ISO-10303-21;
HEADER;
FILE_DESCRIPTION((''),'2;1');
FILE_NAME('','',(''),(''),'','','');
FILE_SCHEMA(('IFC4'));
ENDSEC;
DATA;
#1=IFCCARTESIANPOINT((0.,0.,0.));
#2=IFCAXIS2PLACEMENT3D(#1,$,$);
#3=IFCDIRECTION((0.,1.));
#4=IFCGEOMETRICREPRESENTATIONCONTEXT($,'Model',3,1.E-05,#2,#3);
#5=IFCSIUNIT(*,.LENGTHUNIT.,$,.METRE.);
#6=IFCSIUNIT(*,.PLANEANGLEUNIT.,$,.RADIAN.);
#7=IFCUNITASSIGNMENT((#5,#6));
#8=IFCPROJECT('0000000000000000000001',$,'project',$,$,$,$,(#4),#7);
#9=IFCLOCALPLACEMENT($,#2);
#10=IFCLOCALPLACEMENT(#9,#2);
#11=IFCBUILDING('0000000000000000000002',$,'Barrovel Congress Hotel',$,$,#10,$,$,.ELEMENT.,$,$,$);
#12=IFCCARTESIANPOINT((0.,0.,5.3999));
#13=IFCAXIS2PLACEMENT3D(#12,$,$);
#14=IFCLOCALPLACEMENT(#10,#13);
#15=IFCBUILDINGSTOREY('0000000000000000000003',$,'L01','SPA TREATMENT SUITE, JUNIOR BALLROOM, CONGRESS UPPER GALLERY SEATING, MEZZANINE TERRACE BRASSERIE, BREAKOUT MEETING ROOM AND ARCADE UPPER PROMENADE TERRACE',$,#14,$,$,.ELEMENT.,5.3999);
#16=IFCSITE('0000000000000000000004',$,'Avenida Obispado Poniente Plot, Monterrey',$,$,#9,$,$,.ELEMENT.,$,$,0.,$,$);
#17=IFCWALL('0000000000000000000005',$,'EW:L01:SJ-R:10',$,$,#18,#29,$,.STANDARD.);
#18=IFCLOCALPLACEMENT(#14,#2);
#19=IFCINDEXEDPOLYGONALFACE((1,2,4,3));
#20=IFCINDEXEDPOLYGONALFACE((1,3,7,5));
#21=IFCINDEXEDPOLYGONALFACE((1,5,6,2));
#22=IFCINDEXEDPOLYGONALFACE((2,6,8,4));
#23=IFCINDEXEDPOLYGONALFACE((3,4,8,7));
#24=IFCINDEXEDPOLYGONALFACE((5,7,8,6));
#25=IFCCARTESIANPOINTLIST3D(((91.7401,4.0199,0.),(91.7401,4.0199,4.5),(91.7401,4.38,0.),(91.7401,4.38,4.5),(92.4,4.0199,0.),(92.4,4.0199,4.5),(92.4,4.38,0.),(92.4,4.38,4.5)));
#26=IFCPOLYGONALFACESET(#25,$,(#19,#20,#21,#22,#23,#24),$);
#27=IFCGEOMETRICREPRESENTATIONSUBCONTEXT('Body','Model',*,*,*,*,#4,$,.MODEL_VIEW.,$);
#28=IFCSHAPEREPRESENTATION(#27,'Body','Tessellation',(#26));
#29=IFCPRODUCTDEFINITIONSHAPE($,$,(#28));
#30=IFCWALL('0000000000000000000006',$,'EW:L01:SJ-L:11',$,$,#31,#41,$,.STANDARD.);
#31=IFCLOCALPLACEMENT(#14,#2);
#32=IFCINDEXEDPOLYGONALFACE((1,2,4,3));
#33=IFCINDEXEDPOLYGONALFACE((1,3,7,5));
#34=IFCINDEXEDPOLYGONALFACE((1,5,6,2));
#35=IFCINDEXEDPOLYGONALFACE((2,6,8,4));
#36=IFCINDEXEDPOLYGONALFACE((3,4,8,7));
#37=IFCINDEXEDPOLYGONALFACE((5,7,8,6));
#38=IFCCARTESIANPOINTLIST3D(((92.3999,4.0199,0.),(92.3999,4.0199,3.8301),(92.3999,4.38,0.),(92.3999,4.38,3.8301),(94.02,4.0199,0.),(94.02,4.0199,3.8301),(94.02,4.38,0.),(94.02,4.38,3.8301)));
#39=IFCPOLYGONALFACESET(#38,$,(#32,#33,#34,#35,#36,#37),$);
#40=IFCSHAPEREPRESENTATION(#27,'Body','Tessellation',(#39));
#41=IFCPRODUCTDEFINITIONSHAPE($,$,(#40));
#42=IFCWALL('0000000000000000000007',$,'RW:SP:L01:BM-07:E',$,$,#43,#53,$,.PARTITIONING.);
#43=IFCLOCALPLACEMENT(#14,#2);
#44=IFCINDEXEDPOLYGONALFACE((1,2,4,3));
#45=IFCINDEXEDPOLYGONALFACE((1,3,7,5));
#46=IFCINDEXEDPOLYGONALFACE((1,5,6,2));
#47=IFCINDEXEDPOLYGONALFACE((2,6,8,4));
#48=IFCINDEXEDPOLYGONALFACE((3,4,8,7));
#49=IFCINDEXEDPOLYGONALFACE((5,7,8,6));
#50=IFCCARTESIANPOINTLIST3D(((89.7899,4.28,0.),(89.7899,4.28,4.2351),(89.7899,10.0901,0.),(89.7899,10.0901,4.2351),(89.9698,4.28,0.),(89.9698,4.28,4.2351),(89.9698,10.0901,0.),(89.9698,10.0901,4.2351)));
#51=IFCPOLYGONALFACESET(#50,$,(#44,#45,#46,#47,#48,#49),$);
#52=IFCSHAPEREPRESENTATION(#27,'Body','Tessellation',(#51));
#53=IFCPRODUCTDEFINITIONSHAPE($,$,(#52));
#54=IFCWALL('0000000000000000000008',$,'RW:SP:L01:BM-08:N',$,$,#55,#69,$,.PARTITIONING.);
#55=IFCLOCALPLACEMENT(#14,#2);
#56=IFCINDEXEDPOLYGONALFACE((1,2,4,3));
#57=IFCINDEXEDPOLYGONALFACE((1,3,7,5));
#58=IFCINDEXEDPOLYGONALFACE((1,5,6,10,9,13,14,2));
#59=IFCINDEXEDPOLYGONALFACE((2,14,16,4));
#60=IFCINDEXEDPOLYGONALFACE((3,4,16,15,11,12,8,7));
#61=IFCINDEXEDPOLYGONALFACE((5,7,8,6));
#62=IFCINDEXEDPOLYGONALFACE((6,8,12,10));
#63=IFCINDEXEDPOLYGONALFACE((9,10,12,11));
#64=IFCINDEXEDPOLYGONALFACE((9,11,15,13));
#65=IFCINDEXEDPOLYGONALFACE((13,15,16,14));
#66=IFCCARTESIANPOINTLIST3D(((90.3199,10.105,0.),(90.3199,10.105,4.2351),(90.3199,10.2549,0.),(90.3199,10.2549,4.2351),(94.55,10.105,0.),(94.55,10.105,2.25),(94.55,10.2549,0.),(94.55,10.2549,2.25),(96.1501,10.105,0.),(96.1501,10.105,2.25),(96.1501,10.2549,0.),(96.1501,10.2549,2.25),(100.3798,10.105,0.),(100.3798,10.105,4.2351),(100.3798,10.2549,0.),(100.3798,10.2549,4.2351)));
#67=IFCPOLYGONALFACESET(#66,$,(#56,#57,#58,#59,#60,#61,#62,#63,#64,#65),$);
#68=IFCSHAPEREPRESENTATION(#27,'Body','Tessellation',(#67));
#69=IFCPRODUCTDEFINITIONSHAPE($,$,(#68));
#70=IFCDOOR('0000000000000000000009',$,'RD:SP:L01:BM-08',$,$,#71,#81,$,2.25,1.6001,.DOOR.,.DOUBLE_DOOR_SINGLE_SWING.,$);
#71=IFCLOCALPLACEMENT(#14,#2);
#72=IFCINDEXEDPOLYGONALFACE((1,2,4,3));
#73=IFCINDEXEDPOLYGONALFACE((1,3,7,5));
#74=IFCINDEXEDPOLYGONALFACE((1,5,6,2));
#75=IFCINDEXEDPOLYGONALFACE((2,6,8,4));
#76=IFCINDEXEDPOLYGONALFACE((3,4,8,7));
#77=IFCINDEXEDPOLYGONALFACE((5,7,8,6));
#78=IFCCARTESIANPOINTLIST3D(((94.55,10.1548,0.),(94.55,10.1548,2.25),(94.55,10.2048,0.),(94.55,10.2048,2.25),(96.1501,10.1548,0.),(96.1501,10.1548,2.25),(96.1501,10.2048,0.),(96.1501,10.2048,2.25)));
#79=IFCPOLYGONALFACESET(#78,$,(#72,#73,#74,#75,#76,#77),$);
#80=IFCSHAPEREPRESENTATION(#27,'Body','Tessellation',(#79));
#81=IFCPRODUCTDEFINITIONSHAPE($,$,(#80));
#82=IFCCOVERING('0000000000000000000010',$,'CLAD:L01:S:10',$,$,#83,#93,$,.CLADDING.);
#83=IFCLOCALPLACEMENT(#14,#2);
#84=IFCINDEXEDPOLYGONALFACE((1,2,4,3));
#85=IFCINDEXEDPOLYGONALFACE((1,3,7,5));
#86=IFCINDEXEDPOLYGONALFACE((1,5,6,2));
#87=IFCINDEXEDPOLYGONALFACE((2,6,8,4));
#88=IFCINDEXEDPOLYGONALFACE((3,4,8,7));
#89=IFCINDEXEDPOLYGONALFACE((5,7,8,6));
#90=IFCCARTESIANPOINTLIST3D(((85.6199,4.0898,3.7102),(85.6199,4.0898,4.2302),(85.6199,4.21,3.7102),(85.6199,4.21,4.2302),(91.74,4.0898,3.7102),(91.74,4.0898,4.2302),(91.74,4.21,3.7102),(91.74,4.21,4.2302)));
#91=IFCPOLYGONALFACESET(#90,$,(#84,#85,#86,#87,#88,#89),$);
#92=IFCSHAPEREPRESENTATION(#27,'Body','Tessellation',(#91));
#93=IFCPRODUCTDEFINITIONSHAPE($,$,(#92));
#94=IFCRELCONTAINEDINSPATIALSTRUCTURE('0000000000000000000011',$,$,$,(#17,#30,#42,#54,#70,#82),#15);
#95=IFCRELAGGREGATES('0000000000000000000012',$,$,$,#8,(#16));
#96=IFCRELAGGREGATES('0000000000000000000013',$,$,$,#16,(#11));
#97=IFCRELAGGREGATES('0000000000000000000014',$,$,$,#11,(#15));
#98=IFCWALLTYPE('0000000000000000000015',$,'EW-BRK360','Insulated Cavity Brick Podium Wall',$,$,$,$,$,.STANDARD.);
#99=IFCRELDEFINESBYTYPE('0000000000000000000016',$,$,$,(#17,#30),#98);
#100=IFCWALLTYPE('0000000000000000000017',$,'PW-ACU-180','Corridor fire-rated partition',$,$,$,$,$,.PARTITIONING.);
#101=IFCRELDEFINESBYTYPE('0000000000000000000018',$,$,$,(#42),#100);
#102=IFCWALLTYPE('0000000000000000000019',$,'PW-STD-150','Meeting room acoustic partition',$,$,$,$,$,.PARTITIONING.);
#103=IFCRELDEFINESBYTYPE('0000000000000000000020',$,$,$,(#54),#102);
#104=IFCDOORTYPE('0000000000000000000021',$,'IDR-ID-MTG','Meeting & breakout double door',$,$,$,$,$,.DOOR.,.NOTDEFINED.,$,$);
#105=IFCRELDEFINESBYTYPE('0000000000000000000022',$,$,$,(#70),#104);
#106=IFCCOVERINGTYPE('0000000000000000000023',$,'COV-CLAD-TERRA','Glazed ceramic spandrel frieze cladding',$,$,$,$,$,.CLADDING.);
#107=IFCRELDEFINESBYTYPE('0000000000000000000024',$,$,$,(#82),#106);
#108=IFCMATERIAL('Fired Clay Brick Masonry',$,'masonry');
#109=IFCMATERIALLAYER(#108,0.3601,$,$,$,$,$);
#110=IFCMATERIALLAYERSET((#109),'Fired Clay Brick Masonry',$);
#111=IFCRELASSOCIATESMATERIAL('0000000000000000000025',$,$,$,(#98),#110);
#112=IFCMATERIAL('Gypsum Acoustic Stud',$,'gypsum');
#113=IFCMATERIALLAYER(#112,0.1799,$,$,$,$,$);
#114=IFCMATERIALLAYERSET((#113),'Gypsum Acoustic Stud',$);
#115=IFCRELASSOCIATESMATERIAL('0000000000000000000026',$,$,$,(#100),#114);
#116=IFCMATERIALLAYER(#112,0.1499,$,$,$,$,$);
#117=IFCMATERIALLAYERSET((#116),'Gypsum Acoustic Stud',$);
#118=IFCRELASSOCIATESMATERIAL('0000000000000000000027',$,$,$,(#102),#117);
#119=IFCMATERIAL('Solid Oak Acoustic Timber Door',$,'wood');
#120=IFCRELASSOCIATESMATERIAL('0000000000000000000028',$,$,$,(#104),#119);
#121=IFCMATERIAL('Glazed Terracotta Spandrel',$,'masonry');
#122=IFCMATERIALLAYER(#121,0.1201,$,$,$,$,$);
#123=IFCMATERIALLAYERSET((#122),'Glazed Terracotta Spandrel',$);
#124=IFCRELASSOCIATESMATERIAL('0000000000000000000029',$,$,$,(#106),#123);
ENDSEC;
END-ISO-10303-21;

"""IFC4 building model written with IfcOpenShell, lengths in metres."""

from ifc_helpers import new_model, si_unit, direction, frame, frame_2d, origin, origin_2d, place, context, subcontext, project, spatial, rectangle, extrude, material, layer, layer_set, type_object, element, fill, save


model = new_model("IFC4")

# Units and contexts
model_context = context("Model", 3, precision=1e-05, world=origin(), true_north=direction((0.0, 1.0)))
body_context = subcontext(model_context, "Body", "Model", "MODEL_VIEW")
ifc_project = project(units=[si_unit("LENGTHUNIT", "METRE"), si_unit("PLANEANGLEUNIT", "RADIAN")], contexts=[model_context])

# Site, building, storey
site_placement = place(None, origin())
site = spatial("IfcSite", under=ifc_project, at=site_placement, Name="Avenida Obispado Poniente Plot, Monterrey", CompositionType="ELEMENT", RefElevation=0.0)
building_placement = place(site_placement, origin())
building = spatial("IfcBuilding", under=site, at=building_placement, Name="Barrovel Congress Hotel", CompositionType="ELEMENT")
storey_placement = place(building_placement, frame((0.0, 0.0, 5.3999)))
storey = spatial("IfcBuildingStorey", under=building, at=storey_placement, Name="L01", Description="SPA TREATMENT SUITE, JUNIOR BALLROOM, CONGRESS UPPER GALLERY SEATING, MEZZANINE TERRACE BRASSERIE, BREAKOUT MEETING ROOM AND ARCADE UPPER PROMENADE TERRACE", CompositionType="ELEMENT", Elevation=5.3999)

# Walls
ifc_material_1 = material(Name="Fired Clay Brick Masonry", Category="masonry")
ifc_layer_1 = layer(ifc_material_1, 0.3601)
ifc_layer_set_1 = layer_set([ifc_layer_1], Name="Fired Clay Brick Masonry")
wall_type_1 = type_object("IfcWallType", Name="EW-BRK360", Description="Insulated Cavity Brick Podium Wall", PredefinedType="STANDARD", material=ifc_layer_set_1)
wall_1_placement = place(storey_placement, frame((91.74, 4.2, 0.0), z_axis=(0.0, 0.0, 1.0), x_axis=(1.0, 0.0, 0.0)))
element("IfcWall", 1, at=wall_1_placement, inside=storey, type_object=wall_type_1, Name="EW:L01:SJ-R:10", PredefinedType="STANDARD", context=body_context, shape_type="SweptSolid", body=[
    extrude(rectangle(XDim=0.6599, YDim=0.3601, at=frame_2d((0.3301, 0.0))), origin(), (0.0, 0.0, 1.0), 4.5),
])
wall_2_placement = place(storey_placement, frame((92.3999, 4.2, 0.0), z_axis=(0.0, 0.0, 1.0), x_axis=(1.0, 0.0, 0.0)))
element("IfcWall", 2, at=wall_2_placement, inside=storey, type_object=wall_type_1, Name="EW:L01:SJ-L:11", PredefinedType="STANDARD", context=body_context, shape_type="SweptSolid", body=[
    extrude(rectangle(XDim=1.6201, YDim=0.3601, at=frame_2d((0.8101, 0.0))), origin(), (0.0, 0.0, 1.0), 3.8301),
])
ifc_material_2 = material(Name="Gypsum Acoustic Stud", Category="gypsum")
ifc_layer_2 = layer(ifc_material_2, 0.1799)
ifc_layer_set_2 = layer_set([ifc_layer_2], Name="Gypsum Acoustic Stud")
wall_type_2 = type_object("IfcWallType", Name="PW-ACU-180", Description="Corridor fire-rated partition", PredefinedType="PARTITIONING", material=ifc_layer_set_2)
wall_3_placement = place(storey_placement, frame((89.8799, 4.28, 0.0), z_axis=(0.0, 0.0, 1.0), x_axis=(0.0, 1.0, 0.0)))
element("IfcWall", 3, at=wall_3_placement, inside=storey, type_object=wall_type_2, Name="RW:SP:L01:BM-07:E", PredefinedType="PARTITIONING", context=body_context, shape_type="SweptSolid", body=[
    extrude(rectangle(XDim=5.8101, YDim=0.1799, at=frame_2d((2.905, 0.0))), origin(), (0.0, 0.0, 1.0), 4.2351),
])

# Wall, opening, door
ifc_layer_3 = layer(ifc_material_2, 0.1499)
ifc_layer_set_3 = layer_set([ifc_layer_3], Name="Gypsum Acoustic Stud")
wall_type_3 = type_object("IfcWallType", Name="PW-STD-150", Description="Meeting room acoustic partition", PredefinedType="PARTITIONING", material=ifc_layer_set_3)
wall_4_placement = place(storey_placement, frame((90.3201, 10.1799, 0.0), z_axis=(0.0, 0.0, 1.0), x_axis=(1.0, 0.0, 0.0)))
wall_4 = element("IfcWall", 4, at=wall_4_placement, inside=storey, type_object=wall_type_3, Name="RW:SP:L01:BM-08:N", PredefinedType="PARTITIONING", context=body_context, shape_type="SweptSolid", body=[
    extrude(rectangle(XDim=10.0598, YDim=0.1499, at=frame_2d((5.0298, 0.0))), origin(), (0.0, 0.0, 1.0), 4.2351),
])
opening_placement = place(wall_4_placement, frame((4.23, 0.0, 0.0)))
opening = element("IfcOpeningElement", 5, at=opening_placement, cuts=wall_4, PredefinedType="OPENING", context=body_context, shape_type="SweptSolid", body=[
    extrude(rectangle(XDim=1.6001, YDim=2.25, at=frame_2d((0.8, 1.125))), frame((0.0, 0.085, 0.0), z_axis=(0.0, -1.0, 0.0), x_axis=(1.0, 0.0, 0.0)), (0.0, 0.0, 1.0), 0.1699),
])
ifc_material_3 = material(Name="Solid Oak Acoustic Timber Door", Category="wood")
door_type = type_object("IfcDoorType", Name="IDR-ID-MTG", Description="Meeting & breakout double door", OperationType="NOTDEFINED", PredefinedType="DOOR", material=ifc_material_3)
door_placement = place(opening_placement, origin())
door = element("IfcDoor", 6, at=door_placement, inside=storey, type_object=door_type, Name="RD:SP:L01:BM-08", OperationType="DOUBLE_DOOR_SINGLE_SWING", OverallHeight=2.25, OverallWidth=1.6001, PredefinedType="DOOR", context=body_context, shape_type="SweptSolid", body=[
    extrude(rectangle(XDim=1.6001, YDim=2.25, at=frame_2d((0.8, 1.125))), frame((0.0, 0.0249, 0.0), z_axis=(0.0, -1.0, 0.0), x_axis=(1.0, 0.0, 0.0)), (0.0, 0.0, 1.0), 0.05),
])
fill(opening, door)

# Covering
ifc_material_4 = material(Name="Glazed Terracotta Spandrel", Category="masonry")
ifc_layer_4 = layer(ifc_material_4, 0.1201)
ifc_layer_set_4 = layer_set([ifc_layer_4], Name="Glazed Terracotta Spandrel")
covering_type = type_object("IfcCoveringType", Name="COV-CLAD-TERRA", Description="Glazed ceramic spandrel frieze cladding", PredefinedType="CLADDING", material=ifc_layer_set_4)
covering_placement = place(storey_placement, frame((88.6799, 4.1499, 3.7102), z_axis=(0.0, 0.0, 1.0), x_axis=(1.0, 0.0, 0.0)))
element("IfcCovering", 7, at=covering_placement, inside=storey, type_object=covering_type, Name="CLAD:L01:S:10", PredefinedType="CLADDING", context=body_context, shape_type="SweptSolid", body=[
    extrude(rectangle(XDim=6.1201, YDim=0.1201, at=origin_2d()), origin(), (0.0, 0.0, 1.0), 0.52),
])

save(model, "model.ifc")
